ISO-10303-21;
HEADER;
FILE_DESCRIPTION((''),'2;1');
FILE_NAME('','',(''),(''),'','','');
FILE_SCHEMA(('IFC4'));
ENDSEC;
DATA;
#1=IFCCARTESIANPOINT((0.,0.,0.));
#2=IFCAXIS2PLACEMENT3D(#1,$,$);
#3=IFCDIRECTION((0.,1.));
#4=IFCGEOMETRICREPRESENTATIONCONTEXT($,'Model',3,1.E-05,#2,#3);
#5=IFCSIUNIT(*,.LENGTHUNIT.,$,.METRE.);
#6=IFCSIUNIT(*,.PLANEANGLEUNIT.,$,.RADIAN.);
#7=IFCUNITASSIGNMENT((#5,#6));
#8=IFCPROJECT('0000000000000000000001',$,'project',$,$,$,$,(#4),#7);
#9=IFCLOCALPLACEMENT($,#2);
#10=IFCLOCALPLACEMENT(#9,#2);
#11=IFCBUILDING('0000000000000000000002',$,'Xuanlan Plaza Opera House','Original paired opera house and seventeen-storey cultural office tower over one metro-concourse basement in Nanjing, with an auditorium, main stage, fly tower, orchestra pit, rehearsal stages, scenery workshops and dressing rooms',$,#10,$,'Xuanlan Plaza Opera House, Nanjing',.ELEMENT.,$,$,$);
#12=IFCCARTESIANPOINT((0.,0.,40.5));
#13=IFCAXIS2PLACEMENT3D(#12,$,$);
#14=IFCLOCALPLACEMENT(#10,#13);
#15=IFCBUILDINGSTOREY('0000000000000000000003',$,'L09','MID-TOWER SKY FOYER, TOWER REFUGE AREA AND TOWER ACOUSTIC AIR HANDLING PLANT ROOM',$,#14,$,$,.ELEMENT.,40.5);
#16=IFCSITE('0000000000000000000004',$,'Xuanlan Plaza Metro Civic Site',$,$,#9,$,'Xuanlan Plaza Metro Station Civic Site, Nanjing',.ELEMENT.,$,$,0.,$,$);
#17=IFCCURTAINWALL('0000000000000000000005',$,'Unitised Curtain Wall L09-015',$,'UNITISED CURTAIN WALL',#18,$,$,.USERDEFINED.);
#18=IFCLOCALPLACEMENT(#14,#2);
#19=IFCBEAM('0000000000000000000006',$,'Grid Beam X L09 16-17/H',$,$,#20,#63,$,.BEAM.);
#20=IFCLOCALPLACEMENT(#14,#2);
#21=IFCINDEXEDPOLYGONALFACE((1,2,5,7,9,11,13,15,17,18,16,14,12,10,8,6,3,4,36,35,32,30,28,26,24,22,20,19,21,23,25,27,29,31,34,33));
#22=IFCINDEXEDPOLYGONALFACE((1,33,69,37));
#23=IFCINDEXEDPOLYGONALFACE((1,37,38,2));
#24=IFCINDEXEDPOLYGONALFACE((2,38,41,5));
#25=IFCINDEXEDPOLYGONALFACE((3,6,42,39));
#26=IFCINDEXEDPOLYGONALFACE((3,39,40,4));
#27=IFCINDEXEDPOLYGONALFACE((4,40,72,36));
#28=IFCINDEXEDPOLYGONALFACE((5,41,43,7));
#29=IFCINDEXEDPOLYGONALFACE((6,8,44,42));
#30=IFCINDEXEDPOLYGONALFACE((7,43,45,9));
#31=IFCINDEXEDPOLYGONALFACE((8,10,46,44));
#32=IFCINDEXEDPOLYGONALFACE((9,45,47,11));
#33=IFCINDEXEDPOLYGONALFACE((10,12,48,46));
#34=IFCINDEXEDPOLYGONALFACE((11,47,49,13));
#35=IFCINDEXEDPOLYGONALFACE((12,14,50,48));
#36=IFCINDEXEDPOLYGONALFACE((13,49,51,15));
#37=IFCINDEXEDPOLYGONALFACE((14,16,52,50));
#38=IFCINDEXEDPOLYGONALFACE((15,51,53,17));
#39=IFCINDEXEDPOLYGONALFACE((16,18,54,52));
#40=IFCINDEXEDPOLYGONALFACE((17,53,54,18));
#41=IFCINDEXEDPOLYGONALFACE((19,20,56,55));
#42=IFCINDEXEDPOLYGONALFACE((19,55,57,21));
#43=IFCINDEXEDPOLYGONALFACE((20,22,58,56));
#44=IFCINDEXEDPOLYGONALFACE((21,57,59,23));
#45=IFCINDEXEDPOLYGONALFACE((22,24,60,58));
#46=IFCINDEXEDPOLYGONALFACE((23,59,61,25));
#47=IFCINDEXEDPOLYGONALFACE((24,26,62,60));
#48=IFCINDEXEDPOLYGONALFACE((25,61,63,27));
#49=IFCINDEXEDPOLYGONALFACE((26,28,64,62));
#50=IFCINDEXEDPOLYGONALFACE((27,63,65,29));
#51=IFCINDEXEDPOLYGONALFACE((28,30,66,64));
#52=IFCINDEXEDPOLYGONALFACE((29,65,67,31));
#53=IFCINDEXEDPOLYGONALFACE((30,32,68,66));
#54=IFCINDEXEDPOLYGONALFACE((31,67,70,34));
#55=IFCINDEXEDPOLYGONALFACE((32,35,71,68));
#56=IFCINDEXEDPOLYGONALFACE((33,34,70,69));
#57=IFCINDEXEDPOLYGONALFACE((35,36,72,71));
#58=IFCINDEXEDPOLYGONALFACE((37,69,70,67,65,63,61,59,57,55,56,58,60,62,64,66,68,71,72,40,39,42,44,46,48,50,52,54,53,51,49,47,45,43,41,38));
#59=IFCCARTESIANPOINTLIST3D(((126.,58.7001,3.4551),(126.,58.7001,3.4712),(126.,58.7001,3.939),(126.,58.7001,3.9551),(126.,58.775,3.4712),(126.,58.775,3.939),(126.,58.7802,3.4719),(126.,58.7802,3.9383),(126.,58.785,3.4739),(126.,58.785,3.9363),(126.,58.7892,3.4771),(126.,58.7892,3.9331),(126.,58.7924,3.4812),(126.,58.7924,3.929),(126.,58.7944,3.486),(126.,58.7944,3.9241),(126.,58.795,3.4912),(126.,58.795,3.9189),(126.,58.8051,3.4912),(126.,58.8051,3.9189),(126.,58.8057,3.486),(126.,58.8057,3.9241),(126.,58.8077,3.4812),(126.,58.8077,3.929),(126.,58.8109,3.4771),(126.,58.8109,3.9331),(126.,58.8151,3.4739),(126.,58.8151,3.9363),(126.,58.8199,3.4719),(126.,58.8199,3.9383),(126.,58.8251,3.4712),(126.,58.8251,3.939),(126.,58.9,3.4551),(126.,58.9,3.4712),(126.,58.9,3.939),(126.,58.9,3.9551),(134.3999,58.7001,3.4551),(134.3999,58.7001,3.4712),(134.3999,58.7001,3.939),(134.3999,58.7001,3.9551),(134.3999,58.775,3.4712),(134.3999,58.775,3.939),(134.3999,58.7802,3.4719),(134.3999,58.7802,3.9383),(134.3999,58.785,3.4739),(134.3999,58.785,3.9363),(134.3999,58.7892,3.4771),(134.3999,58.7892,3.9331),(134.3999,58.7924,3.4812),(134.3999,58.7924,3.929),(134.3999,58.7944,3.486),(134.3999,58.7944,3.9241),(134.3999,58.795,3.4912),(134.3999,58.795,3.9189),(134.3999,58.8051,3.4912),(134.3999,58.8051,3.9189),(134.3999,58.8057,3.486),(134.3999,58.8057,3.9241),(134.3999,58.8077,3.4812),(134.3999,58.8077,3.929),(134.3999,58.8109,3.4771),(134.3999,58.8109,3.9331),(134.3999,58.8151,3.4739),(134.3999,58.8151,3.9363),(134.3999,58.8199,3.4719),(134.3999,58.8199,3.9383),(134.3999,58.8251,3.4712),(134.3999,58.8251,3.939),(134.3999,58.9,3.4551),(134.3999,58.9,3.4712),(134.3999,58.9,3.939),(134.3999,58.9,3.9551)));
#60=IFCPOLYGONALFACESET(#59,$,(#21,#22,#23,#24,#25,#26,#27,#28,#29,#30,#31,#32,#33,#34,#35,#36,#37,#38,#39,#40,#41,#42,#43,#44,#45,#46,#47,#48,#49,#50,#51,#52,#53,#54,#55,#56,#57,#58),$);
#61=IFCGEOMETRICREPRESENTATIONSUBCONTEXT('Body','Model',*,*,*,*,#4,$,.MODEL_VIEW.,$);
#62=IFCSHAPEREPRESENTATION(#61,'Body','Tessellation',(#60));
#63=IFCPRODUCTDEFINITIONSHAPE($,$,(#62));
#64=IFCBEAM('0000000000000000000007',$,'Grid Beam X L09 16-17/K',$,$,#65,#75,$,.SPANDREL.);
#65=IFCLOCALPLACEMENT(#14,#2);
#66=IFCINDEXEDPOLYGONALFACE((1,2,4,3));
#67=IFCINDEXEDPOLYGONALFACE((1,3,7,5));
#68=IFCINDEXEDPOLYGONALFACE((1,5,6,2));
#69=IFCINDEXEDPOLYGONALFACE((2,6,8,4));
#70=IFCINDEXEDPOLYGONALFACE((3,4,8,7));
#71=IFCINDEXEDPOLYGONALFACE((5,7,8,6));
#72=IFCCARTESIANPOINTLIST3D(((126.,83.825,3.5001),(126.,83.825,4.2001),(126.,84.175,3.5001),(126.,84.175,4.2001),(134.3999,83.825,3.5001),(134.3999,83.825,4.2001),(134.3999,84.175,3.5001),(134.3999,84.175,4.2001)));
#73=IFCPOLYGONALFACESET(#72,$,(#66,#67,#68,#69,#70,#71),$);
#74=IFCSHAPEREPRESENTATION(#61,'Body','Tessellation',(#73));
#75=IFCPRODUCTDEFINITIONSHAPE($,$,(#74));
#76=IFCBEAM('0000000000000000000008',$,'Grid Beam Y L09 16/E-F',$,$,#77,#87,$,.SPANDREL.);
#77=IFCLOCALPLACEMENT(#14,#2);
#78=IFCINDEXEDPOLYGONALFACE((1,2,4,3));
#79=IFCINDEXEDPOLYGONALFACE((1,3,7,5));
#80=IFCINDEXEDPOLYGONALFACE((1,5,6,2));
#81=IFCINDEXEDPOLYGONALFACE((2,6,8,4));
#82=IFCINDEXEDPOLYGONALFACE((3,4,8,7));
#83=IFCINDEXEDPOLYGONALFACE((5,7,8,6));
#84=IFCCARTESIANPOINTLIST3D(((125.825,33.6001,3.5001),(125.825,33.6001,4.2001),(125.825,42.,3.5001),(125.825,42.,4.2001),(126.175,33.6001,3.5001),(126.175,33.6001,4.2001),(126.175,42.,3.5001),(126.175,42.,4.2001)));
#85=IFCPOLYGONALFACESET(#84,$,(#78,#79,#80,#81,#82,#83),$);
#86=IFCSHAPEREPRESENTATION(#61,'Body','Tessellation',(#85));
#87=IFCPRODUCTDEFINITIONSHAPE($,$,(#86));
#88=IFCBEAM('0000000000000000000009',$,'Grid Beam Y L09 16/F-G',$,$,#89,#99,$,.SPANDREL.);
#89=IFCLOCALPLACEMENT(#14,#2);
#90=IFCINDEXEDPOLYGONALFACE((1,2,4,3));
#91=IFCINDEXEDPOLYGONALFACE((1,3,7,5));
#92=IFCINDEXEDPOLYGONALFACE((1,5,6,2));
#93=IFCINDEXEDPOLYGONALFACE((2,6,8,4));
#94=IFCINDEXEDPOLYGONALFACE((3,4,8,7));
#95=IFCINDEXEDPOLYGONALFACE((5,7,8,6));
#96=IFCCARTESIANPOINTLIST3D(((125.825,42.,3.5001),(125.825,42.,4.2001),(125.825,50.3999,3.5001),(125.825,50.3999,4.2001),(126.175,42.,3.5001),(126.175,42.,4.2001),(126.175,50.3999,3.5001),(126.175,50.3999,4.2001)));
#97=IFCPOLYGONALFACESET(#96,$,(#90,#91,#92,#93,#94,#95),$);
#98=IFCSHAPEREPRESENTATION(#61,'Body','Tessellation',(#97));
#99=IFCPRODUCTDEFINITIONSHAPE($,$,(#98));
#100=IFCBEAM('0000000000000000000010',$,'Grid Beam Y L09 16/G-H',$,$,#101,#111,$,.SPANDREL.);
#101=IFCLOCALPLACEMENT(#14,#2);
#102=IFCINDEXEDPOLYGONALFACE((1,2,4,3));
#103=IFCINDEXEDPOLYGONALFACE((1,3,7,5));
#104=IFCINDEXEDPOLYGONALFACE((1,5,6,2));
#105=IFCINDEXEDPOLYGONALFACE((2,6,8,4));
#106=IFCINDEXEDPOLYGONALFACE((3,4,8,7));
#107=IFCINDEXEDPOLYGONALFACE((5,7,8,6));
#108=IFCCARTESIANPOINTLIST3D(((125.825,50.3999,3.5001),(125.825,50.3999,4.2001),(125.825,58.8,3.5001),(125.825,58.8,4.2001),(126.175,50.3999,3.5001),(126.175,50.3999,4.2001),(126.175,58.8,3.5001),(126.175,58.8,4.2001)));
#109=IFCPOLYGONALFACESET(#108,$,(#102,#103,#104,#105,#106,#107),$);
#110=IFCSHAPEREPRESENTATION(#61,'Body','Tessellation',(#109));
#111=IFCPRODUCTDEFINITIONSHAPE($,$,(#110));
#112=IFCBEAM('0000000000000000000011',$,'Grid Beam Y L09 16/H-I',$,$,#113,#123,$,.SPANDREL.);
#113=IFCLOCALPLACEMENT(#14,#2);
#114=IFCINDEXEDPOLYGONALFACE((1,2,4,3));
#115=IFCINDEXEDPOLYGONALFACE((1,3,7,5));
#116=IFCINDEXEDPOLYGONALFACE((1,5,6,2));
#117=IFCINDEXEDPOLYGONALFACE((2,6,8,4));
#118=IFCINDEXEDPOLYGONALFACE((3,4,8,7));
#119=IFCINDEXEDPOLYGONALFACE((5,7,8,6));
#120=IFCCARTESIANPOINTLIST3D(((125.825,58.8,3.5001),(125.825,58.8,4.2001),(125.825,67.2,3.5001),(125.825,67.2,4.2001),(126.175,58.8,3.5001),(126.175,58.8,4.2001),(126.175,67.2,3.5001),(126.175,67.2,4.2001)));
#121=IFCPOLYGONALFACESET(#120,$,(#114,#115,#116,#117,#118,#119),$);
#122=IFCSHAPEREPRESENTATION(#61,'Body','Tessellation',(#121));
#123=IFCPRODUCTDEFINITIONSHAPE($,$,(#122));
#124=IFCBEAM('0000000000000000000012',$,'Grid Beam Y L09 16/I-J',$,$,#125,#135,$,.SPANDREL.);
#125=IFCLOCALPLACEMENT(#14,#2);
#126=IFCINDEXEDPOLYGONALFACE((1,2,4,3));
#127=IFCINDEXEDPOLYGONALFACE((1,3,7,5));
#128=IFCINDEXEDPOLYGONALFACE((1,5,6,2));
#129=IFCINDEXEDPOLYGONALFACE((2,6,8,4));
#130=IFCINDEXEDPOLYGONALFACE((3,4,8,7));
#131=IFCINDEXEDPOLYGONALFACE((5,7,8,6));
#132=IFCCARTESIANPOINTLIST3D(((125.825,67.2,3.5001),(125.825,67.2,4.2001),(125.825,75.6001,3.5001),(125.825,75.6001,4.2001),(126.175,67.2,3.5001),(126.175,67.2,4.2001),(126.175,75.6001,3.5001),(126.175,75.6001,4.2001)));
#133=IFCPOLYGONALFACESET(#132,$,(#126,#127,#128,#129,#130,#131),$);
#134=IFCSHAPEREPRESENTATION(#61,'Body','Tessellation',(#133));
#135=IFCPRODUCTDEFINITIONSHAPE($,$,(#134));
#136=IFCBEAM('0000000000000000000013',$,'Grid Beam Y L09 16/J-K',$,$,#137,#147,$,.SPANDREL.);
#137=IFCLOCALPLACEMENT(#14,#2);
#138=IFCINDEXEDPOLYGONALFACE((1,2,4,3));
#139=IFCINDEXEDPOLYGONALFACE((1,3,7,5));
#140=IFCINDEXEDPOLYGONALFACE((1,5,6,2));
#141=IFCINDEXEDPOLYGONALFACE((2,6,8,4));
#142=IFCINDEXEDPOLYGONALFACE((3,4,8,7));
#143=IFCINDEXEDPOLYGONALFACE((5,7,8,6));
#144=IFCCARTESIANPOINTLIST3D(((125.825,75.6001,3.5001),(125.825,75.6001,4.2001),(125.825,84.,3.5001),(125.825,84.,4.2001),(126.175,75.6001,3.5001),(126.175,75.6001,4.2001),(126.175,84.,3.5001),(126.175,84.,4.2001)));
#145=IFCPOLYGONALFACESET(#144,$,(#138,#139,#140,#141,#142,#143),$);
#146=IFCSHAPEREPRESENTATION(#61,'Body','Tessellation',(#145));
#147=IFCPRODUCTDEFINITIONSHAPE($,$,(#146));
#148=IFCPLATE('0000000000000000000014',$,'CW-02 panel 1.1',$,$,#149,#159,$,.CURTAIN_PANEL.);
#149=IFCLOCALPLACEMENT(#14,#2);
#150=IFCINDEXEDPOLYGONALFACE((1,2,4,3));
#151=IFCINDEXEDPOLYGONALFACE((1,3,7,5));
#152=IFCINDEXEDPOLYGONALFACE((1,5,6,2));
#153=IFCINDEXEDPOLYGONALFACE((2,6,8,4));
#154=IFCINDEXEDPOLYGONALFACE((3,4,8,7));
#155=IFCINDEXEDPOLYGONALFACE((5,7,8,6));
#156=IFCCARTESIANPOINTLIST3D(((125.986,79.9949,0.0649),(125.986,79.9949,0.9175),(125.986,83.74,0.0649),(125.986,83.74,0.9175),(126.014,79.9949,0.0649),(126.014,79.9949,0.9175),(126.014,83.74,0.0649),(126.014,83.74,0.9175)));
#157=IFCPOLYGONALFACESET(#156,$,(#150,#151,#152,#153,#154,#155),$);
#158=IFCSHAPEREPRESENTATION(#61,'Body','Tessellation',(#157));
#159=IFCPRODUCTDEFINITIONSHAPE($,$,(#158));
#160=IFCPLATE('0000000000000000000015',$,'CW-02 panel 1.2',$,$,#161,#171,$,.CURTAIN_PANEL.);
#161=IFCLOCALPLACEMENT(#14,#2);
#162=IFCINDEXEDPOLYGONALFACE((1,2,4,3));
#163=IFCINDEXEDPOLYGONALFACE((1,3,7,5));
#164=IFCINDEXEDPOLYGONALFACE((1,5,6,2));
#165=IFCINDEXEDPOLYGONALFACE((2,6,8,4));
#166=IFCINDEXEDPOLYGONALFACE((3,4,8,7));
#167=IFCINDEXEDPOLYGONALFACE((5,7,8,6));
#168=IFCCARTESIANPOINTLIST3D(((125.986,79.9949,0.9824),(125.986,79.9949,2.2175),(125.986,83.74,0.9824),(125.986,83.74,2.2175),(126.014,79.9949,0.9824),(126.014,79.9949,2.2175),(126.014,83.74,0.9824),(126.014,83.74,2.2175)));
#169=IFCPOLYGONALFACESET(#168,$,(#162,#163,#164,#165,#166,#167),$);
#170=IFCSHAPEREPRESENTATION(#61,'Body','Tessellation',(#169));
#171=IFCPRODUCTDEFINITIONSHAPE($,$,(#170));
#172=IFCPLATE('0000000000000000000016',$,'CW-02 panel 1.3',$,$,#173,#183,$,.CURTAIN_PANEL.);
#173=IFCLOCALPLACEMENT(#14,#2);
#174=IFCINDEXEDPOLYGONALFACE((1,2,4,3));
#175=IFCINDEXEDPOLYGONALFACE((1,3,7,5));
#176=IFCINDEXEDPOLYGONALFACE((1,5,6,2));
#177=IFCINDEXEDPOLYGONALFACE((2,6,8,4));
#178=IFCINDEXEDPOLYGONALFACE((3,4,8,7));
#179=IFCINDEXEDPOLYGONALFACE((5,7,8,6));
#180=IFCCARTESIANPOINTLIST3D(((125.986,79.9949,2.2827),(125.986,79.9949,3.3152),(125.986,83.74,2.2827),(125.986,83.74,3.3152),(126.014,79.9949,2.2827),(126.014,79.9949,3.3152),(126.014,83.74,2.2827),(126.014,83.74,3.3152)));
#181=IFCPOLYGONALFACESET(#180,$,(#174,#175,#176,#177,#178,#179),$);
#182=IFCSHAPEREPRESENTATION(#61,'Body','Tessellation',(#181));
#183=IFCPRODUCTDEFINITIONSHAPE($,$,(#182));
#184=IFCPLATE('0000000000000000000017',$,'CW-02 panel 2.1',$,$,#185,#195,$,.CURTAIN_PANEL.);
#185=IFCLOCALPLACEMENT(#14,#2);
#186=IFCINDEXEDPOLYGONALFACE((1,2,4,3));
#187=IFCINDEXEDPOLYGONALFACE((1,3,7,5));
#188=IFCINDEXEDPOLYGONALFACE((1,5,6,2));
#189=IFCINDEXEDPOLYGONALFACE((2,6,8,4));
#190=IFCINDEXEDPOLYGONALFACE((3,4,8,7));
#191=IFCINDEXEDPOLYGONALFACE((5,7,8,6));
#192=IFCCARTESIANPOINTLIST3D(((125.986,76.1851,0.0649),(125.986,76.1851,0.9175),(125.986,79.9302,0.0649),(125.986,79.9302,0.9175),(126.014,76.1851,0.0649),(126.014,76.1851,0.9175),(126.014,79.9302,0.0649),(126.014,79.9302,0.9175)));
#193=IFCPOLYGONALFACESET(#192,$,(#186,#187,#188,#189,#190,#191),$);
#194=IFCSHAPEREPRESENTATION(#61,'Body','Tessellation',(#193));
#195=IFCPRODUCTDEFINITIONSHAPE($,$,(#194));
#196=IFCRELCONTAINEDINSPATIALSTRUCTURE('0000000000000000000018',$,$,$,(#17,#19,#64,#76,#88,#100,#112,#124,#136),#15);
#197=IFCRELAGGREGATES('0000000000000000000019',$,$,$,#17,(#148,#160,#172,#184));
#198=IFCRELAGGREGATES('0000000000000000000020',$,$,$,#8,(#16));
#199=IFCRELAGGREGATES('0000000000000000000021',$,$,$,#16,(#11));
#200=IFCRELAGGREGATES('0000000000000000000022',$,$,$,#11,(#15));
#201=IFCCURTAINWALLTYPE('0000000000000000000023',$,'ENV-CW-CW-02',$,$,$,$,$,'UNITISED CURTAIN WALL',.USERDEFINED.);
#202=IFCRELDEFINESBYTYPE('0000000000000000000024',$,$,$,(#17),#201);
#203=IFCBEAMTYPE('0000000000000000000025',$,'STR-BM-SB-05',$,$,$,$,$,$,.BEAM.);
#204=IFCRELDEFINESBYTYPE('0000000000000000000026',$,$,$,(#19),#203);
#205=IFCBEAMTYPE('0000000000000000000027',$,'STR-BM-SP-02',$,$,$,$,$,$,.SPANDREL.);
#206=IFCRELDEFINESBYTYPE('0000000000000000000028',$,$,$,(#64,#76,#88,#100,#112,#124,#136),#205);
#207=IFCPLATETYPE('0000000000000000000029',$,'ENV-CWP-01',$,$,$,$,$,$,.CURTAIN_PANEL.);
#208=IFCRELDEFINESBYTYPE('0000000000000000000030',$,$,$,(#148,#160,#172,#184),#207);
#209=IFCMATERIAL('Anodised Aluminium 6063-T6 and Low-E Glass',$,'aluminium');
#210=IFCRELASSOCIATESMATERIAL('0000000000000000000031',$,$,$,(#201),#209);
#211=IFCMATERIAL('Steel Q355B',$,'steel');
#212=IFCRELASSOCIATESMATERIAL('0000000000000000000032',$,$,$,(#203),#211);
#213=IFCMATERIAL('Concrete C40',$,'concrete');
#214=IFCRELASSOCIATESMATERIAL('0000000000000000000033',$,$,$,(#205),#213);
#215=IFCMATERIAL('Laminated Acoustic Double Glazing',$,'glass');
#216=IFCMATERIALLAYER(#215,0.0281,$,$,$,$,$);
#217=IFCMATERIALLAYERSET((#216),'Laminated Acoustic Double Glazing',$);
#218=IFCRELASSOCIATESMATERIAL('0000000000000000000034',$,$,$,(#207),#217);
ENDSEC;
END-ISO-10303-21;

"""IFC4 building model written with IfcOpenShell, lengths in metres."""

from ifc_helpers import new_model, si_unit, direction, frame, origin, origin_2d, place, context, subcontext, project, spatial, rectangle, i_section, extrude, material, layer, layer_set, material_profile, profile_set, type_object, element, aggregate, save


model = new_model("IFC4")

# Units and contexts
model_context = context("Model", 3, precision=1e-05, world=origin(), true_north=direction((0.0, 1.0)))
body_context = subcontext(model_context, "Body", "Model", "MODEL_VIEW")
ifc_project = project(units=[si_unit("LENGTHUNIT", "METRE"), si_unit("PLANEANGLEUNIT", "RADIAN")], contexts=[model_context])

# Site, building, storey
site_placement = place(None, origin())
site = spatial("IfcSite", under=ifc_project, at=site_placement, Name="Xuanlan Plaza Metro Civic Site", LongName="Xuanlan Plaza Metro Station Civic Site, Nanjing", CompositionType="ELEMENT", RefElevation=0.0)
building_placement = place(site_placement, origin())
building = spatial("IfcBuilding", under=site, at=building_placement, Name="Xuanlan Plaza Opera House", Description="Original paired opera house and seventeen-storey cultural office tower over one metro-concourse basement in Nanjing, with an auditorium, main stage, fly tower, orchestra pit, rehearsal stages, scenery workshops and dressing rooms", LongName="Xuanlan Plaza Opera House, Nanjing", CompositionType="ELEMENT")
storey_placement = place(building_placement, frame((0.0, 0.0, 40.5)))
storey = spatial("IfcBuildingStorey", under=building, at=storey_placement, Name="L09", Description="MID-TOWER SKY FOYER, TOWER REFUGE AREA AND TOWER ACOUSTIC AIR HANDLING PLANT ROOM", CompositionType="ELEMENT", Elevation=40.5)

# Curtain wall
ifc_material_1 = material(Name="Anodised Aluminium 6063-T6 and Low-E Glass", Category="aluminium")
curtain_wall_type = type_object("IfcCurtainWallType", Name="ENV-CW-CW-02", ElementType="UNITISED CURTAIN WALL", PredefinedType="USERDEFINED", material=ifc_material_1)
curtain_wall_placement = place(storey_placement, origin())
curtain_wall = element("IfcCurtainWall", 1, at=curtain_wall_placement, inside=storey, type_object=curtain_wall_type, Name="Unitised Curtain Wall L09-015", ObjectType="UNITISED CURTAIN WALL", PredefinedType="USERDEFINED")

# Beams
ifc_material_2 = material(Name="Concrete C40", Category="concrete")
ifc_material_3 = material(Name="Steel Q355B", Category="steel")
ifc_material_profile_1 = material_profile(ifc_material_3, i_section(OverallWidth=0.2, OverallDepth=0.5, WebThickness=0.01, FlangeThickness=0.0161, FilletRadius=0.02, at=origin_2d()), Name="HN 500x200x10x16")
ifc_profile_set_1 = profile_set([ifc_material_profile_1], Name="Steel Q355B")
beam_type_1 = type_object("IfcBeamType", Name="STR-BM-SB-05", PredefinedType="BEAM", material=ifc_profile_set_1)
beam_1_placement = place(storey_placement, frame((126.0, 58.8, 3.7051), z_axis=(1.0, 0.0, 0.0), x_axis=(0.0, 1.0, 0.0)))
element("IfcBeam", 2, at=beam_1_placement, inside=storey, type_object=beam_type_1, Name="Grid Beam X L09 16-17/H", PredefinedType="BEAM", context=body_context, shape_type="SweptSolid", body=[
    extrude(i_section(OverallWidth=0.2, OverallDepth=0.5, WebThickness=0.01, FlangeThickness=0.0161, FilletRadius=0.02, at=origin_2d()), origin(), (0.0, 0.0, 1.0), 8.3999),
])
ifc_material_profile_2 = material_profile(ifc_material_2, rectangle(XDim=0.3501, YDim=0.7, at=origin_2d()), Name="RC-SPD 350x700")
ifc_profile_set_2 = profile_set([ifc_material_profile_2], Name="Concrete C40")
beam_type_2 = type_object("IfcBeamType", Name="STR-BM-SP-02", PredefinedType="SPANDREL", material=ifc_profile_set_2)
for number, where, z_axis, x_axis, name in (
    (3, (126.0, 84.0, 3.8501), (1.0, 0.0, 0.0), (0.0, 1.0, 0.0), "Grid Beam X L09 16-17/K"),
    (4, (126.0, 33.6001, 3.8501), (0.0, 1.0, 0.0), (-1.0, 0.0, 0.0), "Grid Beam Y L09 16/E-F"),
    (5, (126.0, 42.0, 3.8501), (0.0, 1.0, 0.0), (-1.0, 0.0, 0.0), "Grid Beam Y L09 16/F-G"),
):
    element("IfcBeam", number, at=place(storey_placement, frame(where, z_axis=z_axis, x_axis=x_axis)), inside=storey, type_object=beam_type_2, Name=name, PredefinedType="SPANDREL", context=body_context, shape_type="SweptSolid", body=[
        extrude(rectangle(XDim=0.3501, YDim=0.7, at=origin_2d()), origin(), (0.0, 0.0, 1.0), 8.3999),
    ])
beam_2_placement = place(storey_placement, frame((126.0, 50.3999, 3.8501), z_axis=(0.0, 1.0, 0.0), x_axis=(-1.0, 0.0, 0.0)))
element("IfcBeam", 6, at=beam_2_placement, inside=storey, type_object=beam_type_2, Name="Grid Beam Y L09 16/G-H", PredefinedType="SPANDREL", context=body_context, shape_type="SweptSolid", body=[
    extrude(rectangle(XDim=0.3501, YDim=0.7, at=origin_2d()), origin(), (0.0, 0.0, 1.0), 8.4001),
])
beam_3_placement = place(storey_placement, frame((126.0, 58.8, 3.8501), z_axis=(0.0, 1.0, 0.0), x_axis=(-1.0, 0.0, 0.0)))
element("IfcBeam", 7, at=beam_3_placement, inside=storey, type_object=beam_type_2, Name="Grid Beam Y L09 16/H-I", PredefinedType="SPANDREL", context=body_context, shape_type="SweptSolid", body=[
    extrude(rectangle(XDim=0.3501, YDim=0.7, at=origin_2d()), origin(), (0.0, 0.0, 1.0), 8.3999),
])
beam_4_placement = place(storey_placement, frame((126.0, 67.2, 3.8501), z_axis=(0.0, 1.0, 0.0), x_axis=(-1.0, 0.0, 0.0)))
element("IfcBeam", 8, at=beam_4_placement, inside=storey, type_object=beam_type_2, Name="Grid Beam Y L09 16/I-J", PredefinedType="SPANDREL", context=body_context, shape_type="SweptSolid", body=[
    extrude(rectangle(XDim=0.3501, YDim=0.7, at=origin_2d()), origin(), (0.0, 0.0, 1.0), 8.4001),
])
beam_5_placement = place(storey_placement, frame((126.0, 75.6001, 3.8501), z_axis=(0.0, 1.0, 0.0), x_axis=(-1.0, 0.0, 0.0)))
element("IfcBeam", 9, at=beam_5_placement, inside=storey, type_object=beam_type_2, Name="Grid Beam Y L09 16/J-K", PredefinedType="SPANDREL", context=body_context, shape_type="SweptSolid", body=[
    extrude(rectangle(XDim=0.3501, YDim=0.7, at=origin_2d()), origin(), (0.0, 0.0, 1.0), 8.3999),
])

# Plates
ifc_material_4 = material(Name="Laminated Acoustic Double Glazing", Category="glass")
ifc_layer = layer(ifc_material_4, 0.0281)
ifc_layer_set = layer_set([ifc_layer], Name="Laminated Acoustic Double Glazing")
plate_type = type_object("IfcPlateType", Name="ENV-CWP-01", PredefinedType="CURTAIN_PANEL", material=ifc_layer_set)
plate_1_placement = place(storey_placement, frame((126.0, 81.8674, 0.0649), z_axis=(0.0, 0.0, 1.0), x_axis=(0.0, -1.0, 0.0)))
plate_1 = element("IfcPlate", 10, at=plate_1_placement, type_object=plate_type, Name="CW-02 panel 1.1", PredefinedType="CURTAIN_PANEL", context=body_context, shape_type="SweptSolid", body=[
    extrude(rectangle(XDim=3.7451, YDim=0.0281, at=origin_2d()), origin(), (0.0, 0.0, 1.0), 0.8525),
])
plate_2_placement = place(storey_placement, frame((126.0, 81.8674, 0.9824), z_axis=(0.0, 0.0, 1.0), x_axis=(0.0, -1.0, 0.0)))
plate_2 = element("IfcPlate", 11, at=plate_2_placement, type_object=plate_type, Name="CW-02 panel 1.2", PredefinedType="CURTAIN_PANEL", context=body_context, shape_type="SweptSolid", body=[
    extrude(rectangle(XDim=3.7451, YDim=0.0281, at=origin_2d()), origin(), (0.0, 0.0, 1.0), 1.2351),
])
plate_3_placement = place(storey_placement, frame((126.0, 81.8674, 2.2827), z_axis=(0.0, 0.0, 1.0), x_axis=(0.0, -1.0, 0.0)))
plate_3 = element("IfcPlate", 12, at=plate_3_placement, type_object=plate_type, Name="CW-02 panel 1.3", PredefinedType="CURTAIN_PANEL", context=body_context, shape_type="SweptSolid", body=[
    extrude(rectangle(XDim=3.7451, YDim=0.0281, at=origin_2d()), origin(), (0.0, 0.0, 1.0), 1.0325),
])
plate_4_placement = place(storey_placement, frame((126.0, 78.0576, 0.0649), z_axis=(0.0, 0.0, 1.0), x_axis=(0.0, -1.0, 0.0)))
plate_4 = element("IfcPlate", 13, at=plate_4_placement, type_object=plate_type, Name="CW-02 panel 2.1", PredefinedType="CURTAIN_PANEL", context=body_context, shape_type="SweptSolid", body=[
    extrude(rectangle(XDim=3.7451, YDim=0.0281, at=origin_2d()), origin(), (0.0, 0.0, 1.0), 0.8525),
])
aggregate(curtain_wall, [plate_1, plate_2, plate_3, plate_4])

save(model, "model.ifc")
